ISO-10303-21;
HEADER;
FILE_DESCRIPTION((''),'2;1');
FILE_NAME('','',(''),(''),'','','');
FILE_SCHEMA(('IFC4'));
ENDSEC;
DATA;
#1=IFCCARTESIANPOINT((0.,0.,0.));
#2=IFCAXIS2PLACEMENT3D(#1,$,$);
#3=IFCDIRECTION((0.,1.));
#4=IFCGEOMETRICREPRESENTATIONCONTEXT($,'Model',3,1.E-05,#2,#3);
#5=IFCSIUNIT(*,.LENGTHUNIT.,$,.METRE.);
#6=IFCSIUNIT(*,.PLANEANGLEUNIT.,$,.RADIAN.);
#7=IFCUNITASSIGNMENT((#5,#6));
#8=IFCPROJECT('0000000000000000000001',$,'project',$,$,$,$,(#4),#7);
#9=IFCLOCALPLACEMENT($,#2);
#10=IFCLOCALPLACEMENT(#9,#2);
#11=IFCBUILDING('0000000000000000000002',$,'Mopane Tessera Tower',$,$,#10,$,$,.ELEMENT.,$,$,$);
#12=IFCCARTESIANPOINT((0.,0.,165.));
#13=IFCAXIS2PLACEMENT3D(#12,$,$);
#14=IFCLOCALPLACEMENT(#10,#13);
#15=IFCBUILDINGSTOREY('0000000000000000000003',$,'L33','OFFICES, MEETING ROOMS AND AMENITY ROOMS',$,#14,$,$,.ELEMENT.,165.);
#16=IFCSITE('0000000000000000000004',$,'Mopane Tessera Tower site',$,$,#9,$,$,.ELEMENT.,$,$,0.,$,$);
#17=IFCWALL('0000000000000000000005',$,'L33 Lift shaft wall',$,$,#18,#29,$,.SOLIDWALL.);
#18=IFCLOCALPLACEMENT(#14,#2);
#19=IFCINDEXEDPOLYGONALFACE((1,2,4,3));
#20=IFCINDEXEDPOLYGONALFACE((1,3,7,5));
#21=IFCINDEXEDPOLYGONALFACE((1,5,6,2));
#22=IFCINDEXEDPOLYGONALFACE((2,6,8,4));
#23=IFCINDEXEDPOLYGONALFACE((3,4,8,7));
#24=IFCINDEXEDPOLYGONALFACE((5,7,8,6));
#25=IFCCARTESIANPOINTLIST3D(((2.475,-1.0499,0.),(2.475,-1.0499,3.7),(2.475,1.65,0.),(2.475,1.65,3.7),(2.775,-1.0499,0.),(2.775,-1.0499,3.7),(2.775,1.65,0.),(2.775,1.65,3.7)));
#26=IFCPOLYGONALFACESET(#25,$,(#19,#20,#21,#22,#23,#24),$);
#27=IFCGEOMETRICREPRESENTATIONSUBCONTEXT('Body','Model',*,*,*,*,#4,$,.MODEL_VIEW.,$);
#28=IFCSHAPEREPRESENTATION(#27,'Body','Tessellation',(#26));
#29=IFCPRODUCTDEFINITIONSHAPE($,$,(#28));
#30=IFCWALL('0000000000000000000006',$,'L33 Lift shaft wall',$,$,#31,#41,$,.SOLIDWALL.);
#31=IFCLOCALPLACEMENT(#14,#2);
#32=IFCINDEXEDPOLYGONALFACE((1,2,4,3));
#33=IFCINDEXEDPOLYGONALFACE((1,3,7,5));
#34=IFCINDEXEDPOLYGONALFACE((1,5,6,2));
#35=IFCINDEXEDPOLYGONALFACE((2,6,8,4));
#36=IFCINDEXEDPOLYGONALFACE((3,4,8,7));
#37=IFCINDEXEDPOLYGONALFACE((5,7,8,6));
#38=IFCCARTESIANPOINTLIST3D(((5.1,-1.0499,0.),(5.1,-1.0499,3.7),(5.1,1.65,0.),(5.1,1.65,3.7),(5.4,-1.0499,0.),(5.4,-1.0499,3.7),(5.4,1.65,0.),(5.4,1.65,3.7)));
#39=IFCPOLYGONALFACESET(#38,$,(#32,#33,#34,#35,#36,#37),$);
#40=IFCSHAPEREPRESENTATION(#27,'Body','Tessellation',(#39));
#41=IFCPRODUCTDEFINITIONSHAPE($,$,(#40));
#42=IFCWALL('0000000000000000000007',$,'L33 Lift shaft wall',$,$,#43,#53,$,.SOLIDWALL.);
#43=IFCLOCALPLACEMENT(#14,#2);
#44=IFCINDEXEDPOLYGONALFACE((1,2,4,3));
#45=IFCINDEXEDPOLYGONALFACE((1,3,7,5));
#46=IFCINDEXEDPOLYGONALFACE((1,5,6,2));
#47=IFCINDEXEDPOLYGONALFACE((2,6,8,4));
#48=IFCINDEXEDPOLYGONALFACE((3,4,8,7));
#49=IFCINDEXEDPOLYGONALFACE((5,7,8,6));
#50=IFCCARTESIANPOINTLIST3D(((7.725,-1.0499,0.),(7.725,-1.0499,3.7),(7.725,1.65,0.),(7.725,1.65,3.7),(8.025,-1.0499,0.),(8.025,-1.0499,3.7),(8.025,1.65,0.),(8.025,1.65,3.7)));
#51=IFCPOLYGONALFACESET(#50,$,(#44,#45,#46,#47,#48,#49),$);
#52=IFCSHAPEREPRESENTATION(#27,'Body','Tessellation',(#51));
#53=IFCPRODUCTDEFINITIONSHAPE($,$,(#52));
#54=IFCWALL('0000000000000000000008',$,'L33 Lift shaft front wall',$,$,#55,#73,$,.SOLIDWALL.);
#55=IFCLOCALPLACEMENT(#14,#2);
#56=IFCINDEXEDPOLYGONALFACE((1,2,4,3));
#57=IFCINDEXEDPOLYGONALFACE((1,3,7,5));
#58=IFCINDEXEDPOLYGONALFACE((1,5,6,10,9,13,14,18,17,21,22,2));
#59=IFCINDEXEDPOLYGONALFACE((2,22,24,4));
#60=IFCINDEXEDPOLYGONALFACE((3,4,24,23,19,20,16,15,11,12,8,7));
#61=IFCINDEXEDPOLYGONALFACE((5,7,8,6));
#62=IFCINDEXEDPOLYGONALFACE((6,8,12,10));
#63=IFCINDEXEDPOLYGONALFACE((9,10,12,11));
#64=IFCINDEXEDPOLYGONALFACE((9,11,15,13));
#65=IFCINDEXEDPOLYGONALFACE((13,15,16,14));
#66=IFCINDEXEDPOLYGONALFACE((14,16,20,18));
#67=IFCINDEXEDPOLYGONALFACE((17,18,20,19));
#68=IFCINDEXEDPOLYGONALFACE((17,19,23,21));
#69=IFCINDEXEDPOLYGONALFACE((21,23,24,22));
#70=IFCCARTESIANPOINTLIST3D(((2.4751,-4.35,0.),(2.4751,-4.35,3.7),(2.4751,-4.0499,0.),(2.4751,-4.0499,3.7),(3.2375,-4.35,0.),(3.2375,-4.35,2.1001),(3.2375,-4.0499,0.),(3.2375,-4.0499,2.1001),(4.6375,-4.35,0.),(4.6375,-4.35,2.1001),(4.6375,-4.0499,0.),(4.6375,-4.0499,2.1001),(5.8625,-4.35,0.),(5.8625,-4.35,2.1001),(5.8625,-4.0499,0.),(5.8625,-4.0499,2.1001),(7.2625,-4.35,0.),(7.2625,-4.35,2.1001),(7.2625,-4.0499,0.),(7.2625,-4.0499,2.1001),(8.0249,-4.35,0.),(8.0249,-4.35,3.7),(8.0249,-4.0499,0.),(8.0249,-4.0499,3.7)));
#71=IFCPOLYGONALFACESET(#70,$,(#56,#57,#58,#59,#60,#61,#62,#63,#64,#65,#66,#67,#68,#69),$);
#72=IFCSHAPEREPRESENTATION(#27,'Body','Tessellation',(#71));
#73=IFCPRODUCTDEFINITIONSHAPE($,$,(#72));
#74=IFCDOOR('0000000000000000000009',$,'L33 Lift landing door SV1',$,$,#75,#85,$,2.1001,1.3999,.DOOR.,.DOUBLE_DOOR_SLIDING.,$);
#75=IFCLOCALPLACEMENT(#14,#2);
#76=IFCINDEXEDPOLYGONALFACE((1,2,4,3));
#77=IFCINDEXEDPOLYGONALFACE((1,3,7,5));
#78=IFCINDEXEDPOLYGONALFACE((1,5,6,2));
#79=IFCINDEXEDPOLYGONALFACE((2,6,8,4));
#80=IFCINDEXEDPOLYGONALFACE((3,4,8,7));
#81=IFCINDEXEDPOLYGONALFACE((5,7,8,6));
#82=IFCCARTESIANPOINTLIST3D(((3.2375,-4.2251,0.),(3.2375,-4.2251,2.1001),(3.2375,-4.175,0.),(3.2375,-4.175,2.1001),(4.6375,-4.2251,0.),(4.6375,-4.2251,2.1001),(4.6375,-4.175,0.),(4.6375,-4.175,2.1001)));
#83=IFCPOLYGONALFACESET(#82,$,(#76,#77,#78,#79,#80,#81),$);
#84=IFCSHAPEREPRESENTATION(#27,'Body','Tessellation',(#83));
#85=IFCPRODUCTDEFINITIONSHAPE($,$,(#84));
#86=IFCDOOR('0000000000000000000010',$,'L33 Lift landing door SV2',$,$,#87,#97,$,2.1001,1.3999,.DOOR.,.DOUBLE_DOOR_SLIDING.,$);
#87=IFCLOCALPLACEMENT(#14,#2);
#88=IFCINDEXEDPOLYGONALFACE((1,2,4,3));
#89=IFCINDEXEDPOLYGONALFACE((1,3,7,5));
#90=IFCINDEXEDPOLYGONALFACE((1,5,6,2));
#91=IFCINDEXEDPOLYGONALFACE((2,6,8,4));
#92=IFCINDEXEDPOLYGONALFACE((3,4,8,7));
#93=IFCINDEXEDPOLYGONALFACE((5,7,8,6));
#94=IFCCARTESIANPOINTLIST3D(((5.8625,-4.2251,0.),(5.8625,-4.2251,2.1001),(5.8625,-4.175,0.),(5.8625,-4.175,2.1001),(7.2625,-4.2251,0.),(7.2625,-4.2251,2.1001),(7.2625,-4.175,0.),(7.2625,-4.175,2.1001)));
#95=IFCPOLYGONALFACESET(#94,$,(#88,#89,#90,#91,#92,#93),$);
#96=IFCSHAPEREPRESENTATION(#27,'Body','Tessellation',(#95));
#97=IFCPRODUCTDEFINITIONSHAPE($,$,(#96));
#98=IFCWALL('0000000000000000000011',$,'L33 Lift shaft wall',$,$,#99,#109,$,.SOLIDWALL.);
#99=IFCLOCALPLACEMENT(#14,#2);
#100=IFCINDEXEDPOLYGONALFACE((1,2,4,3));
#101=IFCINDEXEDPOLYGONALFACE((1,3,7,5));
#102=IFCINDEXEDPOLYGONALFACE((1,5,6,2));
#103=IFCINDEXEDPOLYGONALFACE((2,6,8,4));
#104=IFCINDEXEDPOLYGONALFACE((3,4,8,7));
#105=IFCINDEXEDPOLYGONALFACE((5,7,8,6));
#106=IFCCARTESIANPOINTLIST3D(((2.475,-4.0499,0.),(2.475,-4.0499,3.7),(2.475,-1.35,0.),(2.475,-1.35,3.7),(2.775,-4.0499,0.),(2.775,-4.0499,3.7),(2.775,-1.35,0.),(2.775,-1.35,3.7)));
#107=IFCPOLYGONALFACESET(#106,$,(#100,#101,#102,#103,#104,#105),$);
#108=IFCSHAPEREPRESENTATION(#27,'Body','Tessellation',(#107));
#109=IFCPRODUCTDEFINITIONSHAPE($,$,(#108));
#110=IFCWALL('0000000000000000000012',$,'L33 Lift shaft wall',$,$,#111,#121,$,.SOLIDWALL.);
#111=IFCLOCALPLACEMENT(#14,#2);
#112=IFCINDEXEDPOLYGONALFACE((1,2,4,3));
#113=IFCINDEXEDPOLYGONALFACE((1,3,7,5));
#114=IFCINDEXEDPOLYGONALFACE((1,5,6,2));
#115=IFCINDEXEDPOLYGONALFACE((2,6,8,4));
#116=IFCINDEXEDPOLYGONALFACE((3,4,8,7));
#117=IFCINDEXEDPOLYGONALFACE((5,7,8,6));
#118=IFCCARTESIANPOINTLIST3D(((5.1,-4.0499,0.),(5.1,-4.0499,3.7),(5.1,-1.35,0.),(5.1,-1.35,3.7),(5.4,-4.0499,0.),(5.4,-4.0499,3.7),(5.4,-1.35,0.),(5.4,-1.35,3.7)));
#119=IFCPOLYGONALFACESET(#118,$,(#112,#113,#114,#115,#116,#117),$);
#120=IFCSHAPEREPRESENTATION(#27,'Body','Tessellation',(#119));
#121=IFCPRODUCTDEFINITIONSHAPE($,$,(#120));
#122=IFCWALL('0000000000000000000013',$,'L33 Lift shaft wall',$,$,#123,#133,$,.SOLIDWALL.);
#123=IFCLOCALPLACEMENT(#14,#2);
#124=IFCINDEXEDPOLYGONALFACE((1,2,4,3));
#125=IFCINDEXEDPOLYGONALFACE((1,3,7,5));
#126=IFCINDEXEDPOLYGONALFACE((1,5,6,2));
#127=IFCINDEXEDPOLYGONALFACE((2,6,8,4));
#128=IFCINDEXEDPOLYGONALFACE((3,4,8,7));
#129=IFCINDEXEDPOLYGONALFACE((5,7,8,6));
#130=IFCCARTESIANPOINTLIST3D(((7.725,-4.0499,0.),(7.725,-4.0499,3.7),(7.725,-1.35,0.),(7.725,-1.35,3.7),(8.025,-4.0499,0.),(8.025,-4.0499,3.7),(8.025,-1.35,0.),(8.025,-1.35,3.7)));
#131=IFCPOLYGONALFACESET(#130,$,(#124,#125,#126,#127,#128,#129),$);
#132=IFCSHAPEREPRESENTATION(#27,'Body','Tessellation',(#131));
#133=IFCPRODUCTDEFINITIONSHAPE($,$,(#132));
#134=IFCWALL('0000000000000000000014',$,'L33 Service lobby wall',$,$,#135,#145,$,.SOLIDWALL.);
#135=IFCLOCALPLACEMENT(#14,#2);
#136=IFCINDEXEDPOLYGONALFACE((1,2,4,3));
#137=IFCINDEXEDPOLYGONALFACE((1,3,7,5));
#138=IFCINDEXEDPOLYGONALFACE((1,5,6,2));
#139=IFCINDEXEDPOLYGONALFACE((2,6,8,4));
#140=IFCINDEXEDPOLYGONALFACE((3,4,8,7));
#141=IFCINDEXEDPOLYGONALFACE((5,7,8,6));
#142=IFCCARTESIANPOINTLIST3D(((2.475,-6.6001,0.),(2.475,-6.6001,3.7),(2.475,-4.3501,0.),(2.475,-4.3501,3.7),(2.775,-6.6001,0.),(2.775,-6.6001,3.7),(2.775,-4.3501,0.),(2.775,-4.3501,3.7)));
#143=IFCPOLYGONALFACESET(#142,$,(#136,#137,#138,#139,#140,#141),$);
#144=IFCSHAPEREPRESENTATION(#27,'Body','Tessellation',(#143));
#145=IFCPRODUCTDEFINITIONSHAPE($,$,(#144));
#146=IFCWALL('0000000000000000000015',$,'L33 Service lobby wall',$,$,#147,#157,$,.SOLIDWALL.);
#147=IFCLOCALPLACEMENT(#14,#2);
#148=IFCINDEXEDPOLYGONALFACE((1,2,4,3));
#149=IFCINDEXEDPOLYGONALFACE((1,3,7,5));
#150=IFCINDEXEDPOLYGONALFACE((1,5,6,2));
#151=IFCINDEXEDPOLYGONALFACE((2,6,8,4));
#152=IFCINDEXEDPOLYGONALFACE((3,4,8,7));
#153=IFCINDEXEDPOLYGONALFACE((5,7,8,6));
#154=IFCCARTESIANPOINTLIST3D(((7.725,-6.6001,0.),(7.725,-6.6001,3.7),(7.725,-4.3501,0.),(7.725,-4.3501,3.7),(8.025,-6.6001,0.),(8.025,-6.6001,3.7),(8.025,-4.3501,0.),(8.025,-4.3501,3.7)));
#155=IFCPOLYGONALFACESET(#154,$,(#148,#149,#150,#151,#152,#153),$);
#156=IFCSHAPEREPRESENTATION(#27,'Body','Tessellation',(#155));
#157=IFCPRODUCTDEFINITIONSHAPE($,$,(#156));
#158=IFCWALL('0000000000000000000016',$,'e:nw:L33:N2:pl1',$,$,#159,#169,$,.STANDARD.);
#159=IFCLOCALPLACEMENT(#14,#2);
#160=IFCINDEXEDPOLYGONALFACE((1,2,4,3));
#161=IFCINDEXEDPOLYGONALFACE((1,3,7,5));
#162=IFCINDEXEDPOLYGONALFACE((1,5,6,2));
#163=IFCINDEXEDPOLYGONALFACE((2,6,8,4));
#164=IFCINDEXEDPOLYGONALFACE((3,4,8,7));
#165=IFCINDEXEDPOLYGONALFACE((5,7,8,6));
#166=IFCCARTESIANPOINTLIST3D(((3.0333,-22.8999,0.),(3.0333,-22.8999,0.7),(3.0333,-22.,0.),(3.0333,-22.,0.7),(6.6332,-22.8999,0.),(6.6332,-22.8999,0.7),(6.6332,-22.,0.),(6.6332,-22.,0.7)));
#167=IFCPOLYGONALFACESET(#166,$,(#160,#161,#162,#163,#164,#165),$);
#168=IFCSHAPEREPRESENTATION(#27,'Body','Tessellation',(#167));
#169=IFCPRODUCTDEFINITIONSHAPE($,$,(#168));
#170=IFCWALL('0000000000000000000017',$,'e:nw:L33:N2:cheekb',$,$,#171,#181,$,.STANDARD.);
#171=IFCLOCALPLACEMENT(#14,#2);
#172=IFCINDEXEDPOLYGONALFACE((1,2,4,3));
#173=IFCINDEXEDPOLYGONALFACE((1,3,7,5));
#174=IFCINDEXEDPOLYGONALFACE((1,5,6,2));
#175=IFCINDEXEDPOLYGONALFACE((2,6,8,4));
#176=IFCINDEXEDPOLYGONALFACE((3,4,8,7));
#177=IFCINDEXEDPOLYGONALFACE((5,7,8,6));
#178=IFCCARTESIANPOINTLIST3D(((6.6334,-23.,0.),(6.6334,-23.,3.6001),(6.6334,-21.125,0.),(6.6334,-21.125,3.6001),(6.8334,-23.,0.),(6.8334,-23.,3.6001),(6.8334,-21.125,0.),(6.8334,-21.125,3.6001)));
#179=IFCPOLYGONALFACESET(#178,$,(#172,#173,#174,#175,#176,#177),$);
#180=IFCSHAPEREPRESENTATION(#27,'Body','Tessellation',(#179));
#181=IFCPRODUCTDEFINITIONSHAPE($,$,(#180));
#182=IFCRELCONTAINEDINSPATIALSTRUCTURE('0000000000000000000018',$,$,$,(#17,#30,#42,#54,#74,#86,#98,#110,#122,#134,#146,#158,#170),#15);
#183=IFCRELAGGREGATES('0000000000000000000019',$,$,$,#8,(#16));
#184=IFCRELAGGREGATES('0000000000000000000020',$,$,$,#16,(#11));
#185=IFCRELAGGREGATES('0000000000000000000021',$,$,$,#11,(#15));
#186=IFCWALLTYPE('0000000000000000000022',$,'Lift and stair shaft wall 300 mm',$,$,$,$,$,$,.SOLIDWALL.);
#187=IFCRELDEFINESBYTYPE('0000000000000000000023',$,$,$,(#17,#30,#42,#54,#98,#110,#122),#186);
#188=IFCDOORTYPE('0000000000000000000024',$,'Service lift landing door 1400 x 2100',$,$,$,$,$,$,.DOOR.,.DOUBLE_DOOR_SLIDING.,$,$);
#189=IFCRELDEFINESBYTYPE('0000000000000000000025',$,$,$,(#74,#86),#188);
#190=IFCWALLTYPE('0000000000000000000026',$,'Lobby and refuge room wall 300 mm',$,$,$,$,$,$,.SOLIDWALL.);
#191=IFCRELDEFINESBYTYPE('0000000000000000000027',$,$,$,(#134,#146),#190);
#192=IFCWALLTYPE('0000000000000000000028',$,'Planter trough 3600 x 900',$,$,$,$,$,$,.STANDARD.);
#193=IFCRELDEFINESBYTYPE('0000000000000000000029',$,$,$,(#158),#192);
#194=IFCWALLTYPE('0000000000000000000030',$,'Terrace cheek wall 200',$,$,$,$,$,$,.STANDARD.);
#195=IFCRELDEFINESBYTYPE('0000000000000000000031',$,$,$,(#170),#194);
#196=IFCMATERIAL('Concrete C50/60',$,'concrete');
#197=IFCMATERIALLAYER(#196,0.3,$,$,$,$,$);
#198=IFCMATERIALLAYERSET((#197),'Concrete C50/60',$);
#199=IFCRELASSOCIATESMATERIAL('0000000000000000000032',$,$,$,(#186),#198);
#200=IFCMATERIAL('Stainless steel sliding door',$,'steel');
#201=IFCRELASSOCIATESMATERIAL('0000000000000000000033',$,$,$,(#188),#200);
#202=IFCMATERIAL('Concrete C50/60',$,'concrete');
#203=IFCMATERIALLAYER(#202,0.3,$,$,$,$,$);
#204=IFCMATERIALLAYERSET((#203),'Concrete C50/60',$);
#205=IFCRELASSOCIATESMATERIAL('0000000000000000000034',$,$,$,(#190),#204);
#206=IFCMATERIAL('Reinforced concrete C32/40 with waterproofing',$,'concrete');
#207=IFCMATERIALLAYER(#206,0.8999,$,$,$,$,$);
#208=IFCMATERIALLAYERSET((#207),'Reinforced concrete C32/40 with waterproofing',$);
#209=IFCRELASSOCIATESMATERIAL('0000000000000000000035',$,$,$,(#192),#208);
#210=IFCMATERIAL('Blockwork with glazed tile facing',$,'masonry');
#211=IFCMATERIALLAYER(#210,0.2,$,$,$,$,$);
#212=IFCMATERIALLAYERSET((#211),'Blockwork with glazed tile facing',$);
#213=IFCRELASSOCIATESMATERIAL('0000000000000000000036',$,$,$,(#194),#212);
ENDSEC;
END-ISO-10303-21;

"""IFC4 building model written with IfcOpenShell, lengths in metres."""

from ifc_helpers import new_model, si_unit, direction, frame, frame_2d, origin, place, context, subcontext, project, spatial, rectangle, extrude, material, layer, layer_set, type_object, element, fill, save


model = new_model("IFC4")

# Units and contexts
model_context = context("Model", 3, precision=1e-05, world=origin(), true_north=direction((0.0, 1.0)))
body_context = subcontext(model_context, "Body", "Model", "MODEL_VIEW")
ifc_project = project(units=[si_unit("LENGTHUNIT", "METRE"), si_unit("PLANEANGLEUNIT", "RADIAN")], contexts=[model_context])

# Site, building, storey
site_placement = place(None, origin())
site = spatial("IfcSite", under=ifc_project, at=site_placement, Name="Mopane Tessera Tower site", CompositionType="ELEMENT", RefElevation=0.0)
building_placement = place(site_placement, origin())
building = spatial("IfcBuilding", under=site, at=building_placement, Name="Mopane Tessera Tower", CompositionType="ELEMENT")
storey_placement = place(building_placement, frame((0.0, 0.0, 165.0)))
storey = spatial("IfcBuildingStorey", under=building, at=storey_placement, Name="L33", Description="OFFICES, MEETING ROOMS AND AMENITY ROOMS", CompositionType="ELEMENT", Elevation=165.0)

# Walls
ifc_material_1 = material(Name="Concrete C50/60", Category="concrete")
ifc_layer_1 = layer(ifc_material_1, 0.3)
ifc_layer_set_1 = layer_set([ifc_layer_1], Name="Concrete C50/60")
wall_type_1 = type_object("IfcWallType", Name="Lift and stair shaft wall 300 mm", PredefinedType="SOLIDWALL", material=ifc_layer_set_1)
for number, where, z_axis, x_axis, name in (
    (1, (2.625, -1.05, 0.0), (0.0, 0.0, 1.0), (0.0, 1.0, 0.0), "L33 Lift shaft wall"),
    (2, (5.25, -1.05, 0.0), (0.0, 0.0, 1.0), (0.0, 1.0, 0.0), "L33 Lift shaft wall"),
    (3, (7.875, -1.05, 0.0), (0.0, 0.0, 1.0), (0.0, 1.0, 0.0), "L33 Lift shaft wall"),
):
    element("IfcWall", number, at=place(storey_placement, frame(where, z_axis=z_axis, x_axis=x_axis)), inside=storey, type_object=wall_type_1, Name=name, PredefinedType="SOLIDWALL", context=body_context, shape_type="SweptSolid", body=[
        extrude(rectangle(XDim=2.7, YDim=0.3, at=frame_2d((1.3501, 0.0))), origin(), (0.0, 0.0, 1.0), 3.7),
    ])

# Wall, openings, doors
wall_1_placement = place(storey_placement, frame((2.4751, -4.2, 0.0), z_axis=(0.0, 0.0, 1.0), x_axis=(1.0, 0.0, 0.0)))
wall_1 = element("IfcWall", 4, at=wall_1_placement, inside=storey, type_object=wall_type_1, Name="L33 Lift shaft front wall", PredefinedType="SOLIDWALL", context=body_context, shape_type="SweptSolid", body=[
    extrude(rectangle(XDim=5.5498, YDim=0.3, at=frame_2d((2.7749, 0.0))), origin(), (0.0, 0.0, 1.0), 3.7),
])
opening_1_placement = place(wall_1_placement, frame((0.7625, 0.0, 0.0)))
opening_1 = element("IfcOpeningElement", 5, at=opening_1_placement, cuts=wall_1, PredefinedType="OPENING", context=body_context, shape_type="SweptSolid", body=[
    extrude(rectangle(XDim=1.3999, YDim=2.1001, at=frame_2d((0.7, 1.05))), frame((0.0, 0.1621, 0.0), z_axis=(0.0, -1.0, 0.0), x_axis=(1.0, 0.0, 0.0)), (0.0, 0.0, 1.0), 0.324),
])
opening_2_placement = place(wall_1_placement, frame((3.3875, 0.0, 0.0)))
opening_2 = element("IfcOpeningElement", 6, at=opening_2_placement, cuts=wall_1, PredefinedType="OPENING", context=body_context, shape_type="SweptSolid", body=[
    extrude(rectangle(XDim=1.3999, YDim=2.1001, at=frame_2d((0.7, 1.05))), frame((0.0, 0.1621, 0.0), z_axis=(0.0, -1.0, 0.0), x_axis=(1.0, 0.0, 0.0)), (0.0, 0.0, 1.0), 0.324),
])
ifc_material_2 = material(Name="Stainless steel sliding door", Category="steel")
door_type = type_object("IfcDoorType", Name="Service lift landing door 1400 x 2100", OperationType="DOUBLE_DOOR_SLIDING", PredefinedType="DOOR", material=ifc_material_2)
door_1_placement = place(opening_1_placement, origin())
door_1 = element("IfcDoor", 7, at=door_1_placement, inside=storey, type_object=door_type, Name="L33 Lift landing door SV1", OperationType="DOUBLE_DOOR_SLIDING", OverallHeight=2.1001, OverallWidth=1.3999, PredefinedType="DOOR", context=body_context, shape_type="SweptSolid", body=[
    extrude(rectangle(XDim=1.3999, YDim=2.1001, at=frame_2d((0.7, 1.05))), frame((0.0, 0.0249, 0.0), z_axis=(0.0, -1.0, 0.0), x_axis=(1.0, 0.0, 0.0)), (0.0, 0.0, 1.0), 0.05),
])
fill(opening_1, door_1)
door_2_placement = place(opening_2_placement, origin())
door_2 = element("IfcDoor", 8, at=door_2_placement, inside=storey, type_object=door_type, Name="L33 Lift landing door SV2", OperationType="DOUBLE_DOOR_SLIDING", OverallHeight=2.1001, OverallWidth=1.3999, PredefinedType="DOOR", context=body_context, shape_type="SweptSolid", body=[
    extrude(rectangle(XDim=1.3999, YDim=2.1001, at=frame_2d((0.7, 1.05))), frame((0.0, 0.0249, 0.0), z_axis=(0.0, -1.0, 0.0), x_axis=(1.0, 0.0, 0.0)), (0.0, 0.0, 1.0), 0.05),
])
fill(opening_2, door_2)

# Walls
for number, where, z_axis, x_axis, name in (
    (9, (2.625, -4.05, 0.0), (0.0, 0.0, 1.0), (0.0, 1.0, 0.0), "L33 Lift shaft wall"),
    (10, (5.25, -4.05, 0.0), (0.0, 0.0, 1.0), (0.0, 1.0, 0.0), "L33 Lift shaft wall"),
    (11, (7.875, -4.05, 0.0), (0.0, 0.0, 1.0), (0.0, 1.0, 0.0), "L33 Lift shaft wall"),
):
    element("IfcWall", number, at=place(storey_placement, frame(where, z_axis=z_axis, x_axis=x_axis)), inside=storey, type_object=wall_type_1, Name=name, PredefinedType="SOLIDWALL", context=body_context, shape_type="SweptSolid", body=[
        extrude(rectangle(XDim=2.7, YDim=0.3, at=frame_2d((1.3501, 0.0))), origin(), (0.0, 0.0, 1.0), 3.7),
    ])
ifc_material_3 = material(Name="Concrete C50/60", Category="concrete")
ifc_layer_2 = layer(ifc_material_3, 0.3)
ifc_layer_set_2 = layer_set([ifc_layer_2], Name="Concrete C50/60")
wall_type_2 = type_object("IfcWallType", Name="Lobby and refuge room wall 300 mm", PredefinedType="SOLIDWALL", material=ifc_layer_set_2)
for number, where, z_axis, x_axis, name in (
    (12, (2.625, -6.6001, 0.0), (0.0, 0.0, 1.0), (0.0, 1.0, 0.0), "L33 Service lobby wall"),
    (13, (7.875, -6.6001, 0.0), (0.0, 0.0, 1.0), (0.0, 1.0, 0.0), "L33 Service lobby wall"),
):
    element("IfcWall", number, at=place(storey_placement, frame(where, z_axis=z_axis, x_axis=x_axis)), inside=storey, type_object=wall_type_2, Name=name, PredefinedType="SOLIDWALL", context=body_context, shape_type="SweptSolid", body=[
        extrude(rectangle(XDim=2.25, YDim=0.3, at=frame_2d((1.125, 0.0))), origin(), (0.0, 0.0, 1.0), 3.7),
    ])
ifc_material_4 = material(Name="Reinforced concrete C32/40 with waterproofing", Category="concrete")
ifc_layer_3 = layer(ifc_material_4, 0.8999)
ifc_layer_set_3 = layer_set([ifc_layer_3], Name="Reinforced concrete C32/40 with waterproofing")
wall_type_3 = type_object("IfcWallType", Name="Planter trough 3600 x 900", PredefinedType="STANDARD", material=ifc_layer_set_3)
wall_2_placement = place(storey_placement, frame((3.0334, -22.45, 0.0), z_axis=(0.0, 0.0, 1.0), x_axis=(1.0, 0.0, 0.0)))
element("IfcWall", 14, at=wall_2_placement, inside=storey, type_object=wall_type_3, Name="e:nw:L33:N2:pl1", PredefinedType="STANDARD", context=body_context, shape_type="SweptSolid", body=[
    extrude(rectangle(XDim=3.5999, YDim=0.8999, at=frame_2d((1.7998, 0.0))), origin(), (0.0, 0.0, 1.0), 0.7),
])
ifc_material_5 = material(Name="Blockwork with glazed tile facing", Category="masonry")
ifc_layer_4 = layer(ifc_material_5, 0.2)
ifc_layer_set_4 = layer_set([ifc_layer_4], Name="Blockwork with glazed tile facing")
wall_type_4 = type_object("IfcWallType", Name="Terrace cheek wall 200", PredefinedType="STANDARD", material=ifc_layer_set_4)
wall_3_placement = place(storey_placement, frame((6.7334, -23.0, 0.0), z_axis=(0.0, 0.0, 1.0), x_axis=(0.0, 1.0, 0.0)))
element("IfcWall", 15, at=wall_3_placement, inside=storey, type_object=wall_type_4, Name="e:nw:L33:N2:cheekb", PredefinedType="STANDARD", context=body_context, shape_type="SweptSolid", body=[
    extrude(rectangle(XDim=1.875, YDim=0.2, at=frame_2d((0.9375, 0.0))), origin(), (0.0, 0.0, 1.0), 3.6001),
])

save(model, "model.ifc")
